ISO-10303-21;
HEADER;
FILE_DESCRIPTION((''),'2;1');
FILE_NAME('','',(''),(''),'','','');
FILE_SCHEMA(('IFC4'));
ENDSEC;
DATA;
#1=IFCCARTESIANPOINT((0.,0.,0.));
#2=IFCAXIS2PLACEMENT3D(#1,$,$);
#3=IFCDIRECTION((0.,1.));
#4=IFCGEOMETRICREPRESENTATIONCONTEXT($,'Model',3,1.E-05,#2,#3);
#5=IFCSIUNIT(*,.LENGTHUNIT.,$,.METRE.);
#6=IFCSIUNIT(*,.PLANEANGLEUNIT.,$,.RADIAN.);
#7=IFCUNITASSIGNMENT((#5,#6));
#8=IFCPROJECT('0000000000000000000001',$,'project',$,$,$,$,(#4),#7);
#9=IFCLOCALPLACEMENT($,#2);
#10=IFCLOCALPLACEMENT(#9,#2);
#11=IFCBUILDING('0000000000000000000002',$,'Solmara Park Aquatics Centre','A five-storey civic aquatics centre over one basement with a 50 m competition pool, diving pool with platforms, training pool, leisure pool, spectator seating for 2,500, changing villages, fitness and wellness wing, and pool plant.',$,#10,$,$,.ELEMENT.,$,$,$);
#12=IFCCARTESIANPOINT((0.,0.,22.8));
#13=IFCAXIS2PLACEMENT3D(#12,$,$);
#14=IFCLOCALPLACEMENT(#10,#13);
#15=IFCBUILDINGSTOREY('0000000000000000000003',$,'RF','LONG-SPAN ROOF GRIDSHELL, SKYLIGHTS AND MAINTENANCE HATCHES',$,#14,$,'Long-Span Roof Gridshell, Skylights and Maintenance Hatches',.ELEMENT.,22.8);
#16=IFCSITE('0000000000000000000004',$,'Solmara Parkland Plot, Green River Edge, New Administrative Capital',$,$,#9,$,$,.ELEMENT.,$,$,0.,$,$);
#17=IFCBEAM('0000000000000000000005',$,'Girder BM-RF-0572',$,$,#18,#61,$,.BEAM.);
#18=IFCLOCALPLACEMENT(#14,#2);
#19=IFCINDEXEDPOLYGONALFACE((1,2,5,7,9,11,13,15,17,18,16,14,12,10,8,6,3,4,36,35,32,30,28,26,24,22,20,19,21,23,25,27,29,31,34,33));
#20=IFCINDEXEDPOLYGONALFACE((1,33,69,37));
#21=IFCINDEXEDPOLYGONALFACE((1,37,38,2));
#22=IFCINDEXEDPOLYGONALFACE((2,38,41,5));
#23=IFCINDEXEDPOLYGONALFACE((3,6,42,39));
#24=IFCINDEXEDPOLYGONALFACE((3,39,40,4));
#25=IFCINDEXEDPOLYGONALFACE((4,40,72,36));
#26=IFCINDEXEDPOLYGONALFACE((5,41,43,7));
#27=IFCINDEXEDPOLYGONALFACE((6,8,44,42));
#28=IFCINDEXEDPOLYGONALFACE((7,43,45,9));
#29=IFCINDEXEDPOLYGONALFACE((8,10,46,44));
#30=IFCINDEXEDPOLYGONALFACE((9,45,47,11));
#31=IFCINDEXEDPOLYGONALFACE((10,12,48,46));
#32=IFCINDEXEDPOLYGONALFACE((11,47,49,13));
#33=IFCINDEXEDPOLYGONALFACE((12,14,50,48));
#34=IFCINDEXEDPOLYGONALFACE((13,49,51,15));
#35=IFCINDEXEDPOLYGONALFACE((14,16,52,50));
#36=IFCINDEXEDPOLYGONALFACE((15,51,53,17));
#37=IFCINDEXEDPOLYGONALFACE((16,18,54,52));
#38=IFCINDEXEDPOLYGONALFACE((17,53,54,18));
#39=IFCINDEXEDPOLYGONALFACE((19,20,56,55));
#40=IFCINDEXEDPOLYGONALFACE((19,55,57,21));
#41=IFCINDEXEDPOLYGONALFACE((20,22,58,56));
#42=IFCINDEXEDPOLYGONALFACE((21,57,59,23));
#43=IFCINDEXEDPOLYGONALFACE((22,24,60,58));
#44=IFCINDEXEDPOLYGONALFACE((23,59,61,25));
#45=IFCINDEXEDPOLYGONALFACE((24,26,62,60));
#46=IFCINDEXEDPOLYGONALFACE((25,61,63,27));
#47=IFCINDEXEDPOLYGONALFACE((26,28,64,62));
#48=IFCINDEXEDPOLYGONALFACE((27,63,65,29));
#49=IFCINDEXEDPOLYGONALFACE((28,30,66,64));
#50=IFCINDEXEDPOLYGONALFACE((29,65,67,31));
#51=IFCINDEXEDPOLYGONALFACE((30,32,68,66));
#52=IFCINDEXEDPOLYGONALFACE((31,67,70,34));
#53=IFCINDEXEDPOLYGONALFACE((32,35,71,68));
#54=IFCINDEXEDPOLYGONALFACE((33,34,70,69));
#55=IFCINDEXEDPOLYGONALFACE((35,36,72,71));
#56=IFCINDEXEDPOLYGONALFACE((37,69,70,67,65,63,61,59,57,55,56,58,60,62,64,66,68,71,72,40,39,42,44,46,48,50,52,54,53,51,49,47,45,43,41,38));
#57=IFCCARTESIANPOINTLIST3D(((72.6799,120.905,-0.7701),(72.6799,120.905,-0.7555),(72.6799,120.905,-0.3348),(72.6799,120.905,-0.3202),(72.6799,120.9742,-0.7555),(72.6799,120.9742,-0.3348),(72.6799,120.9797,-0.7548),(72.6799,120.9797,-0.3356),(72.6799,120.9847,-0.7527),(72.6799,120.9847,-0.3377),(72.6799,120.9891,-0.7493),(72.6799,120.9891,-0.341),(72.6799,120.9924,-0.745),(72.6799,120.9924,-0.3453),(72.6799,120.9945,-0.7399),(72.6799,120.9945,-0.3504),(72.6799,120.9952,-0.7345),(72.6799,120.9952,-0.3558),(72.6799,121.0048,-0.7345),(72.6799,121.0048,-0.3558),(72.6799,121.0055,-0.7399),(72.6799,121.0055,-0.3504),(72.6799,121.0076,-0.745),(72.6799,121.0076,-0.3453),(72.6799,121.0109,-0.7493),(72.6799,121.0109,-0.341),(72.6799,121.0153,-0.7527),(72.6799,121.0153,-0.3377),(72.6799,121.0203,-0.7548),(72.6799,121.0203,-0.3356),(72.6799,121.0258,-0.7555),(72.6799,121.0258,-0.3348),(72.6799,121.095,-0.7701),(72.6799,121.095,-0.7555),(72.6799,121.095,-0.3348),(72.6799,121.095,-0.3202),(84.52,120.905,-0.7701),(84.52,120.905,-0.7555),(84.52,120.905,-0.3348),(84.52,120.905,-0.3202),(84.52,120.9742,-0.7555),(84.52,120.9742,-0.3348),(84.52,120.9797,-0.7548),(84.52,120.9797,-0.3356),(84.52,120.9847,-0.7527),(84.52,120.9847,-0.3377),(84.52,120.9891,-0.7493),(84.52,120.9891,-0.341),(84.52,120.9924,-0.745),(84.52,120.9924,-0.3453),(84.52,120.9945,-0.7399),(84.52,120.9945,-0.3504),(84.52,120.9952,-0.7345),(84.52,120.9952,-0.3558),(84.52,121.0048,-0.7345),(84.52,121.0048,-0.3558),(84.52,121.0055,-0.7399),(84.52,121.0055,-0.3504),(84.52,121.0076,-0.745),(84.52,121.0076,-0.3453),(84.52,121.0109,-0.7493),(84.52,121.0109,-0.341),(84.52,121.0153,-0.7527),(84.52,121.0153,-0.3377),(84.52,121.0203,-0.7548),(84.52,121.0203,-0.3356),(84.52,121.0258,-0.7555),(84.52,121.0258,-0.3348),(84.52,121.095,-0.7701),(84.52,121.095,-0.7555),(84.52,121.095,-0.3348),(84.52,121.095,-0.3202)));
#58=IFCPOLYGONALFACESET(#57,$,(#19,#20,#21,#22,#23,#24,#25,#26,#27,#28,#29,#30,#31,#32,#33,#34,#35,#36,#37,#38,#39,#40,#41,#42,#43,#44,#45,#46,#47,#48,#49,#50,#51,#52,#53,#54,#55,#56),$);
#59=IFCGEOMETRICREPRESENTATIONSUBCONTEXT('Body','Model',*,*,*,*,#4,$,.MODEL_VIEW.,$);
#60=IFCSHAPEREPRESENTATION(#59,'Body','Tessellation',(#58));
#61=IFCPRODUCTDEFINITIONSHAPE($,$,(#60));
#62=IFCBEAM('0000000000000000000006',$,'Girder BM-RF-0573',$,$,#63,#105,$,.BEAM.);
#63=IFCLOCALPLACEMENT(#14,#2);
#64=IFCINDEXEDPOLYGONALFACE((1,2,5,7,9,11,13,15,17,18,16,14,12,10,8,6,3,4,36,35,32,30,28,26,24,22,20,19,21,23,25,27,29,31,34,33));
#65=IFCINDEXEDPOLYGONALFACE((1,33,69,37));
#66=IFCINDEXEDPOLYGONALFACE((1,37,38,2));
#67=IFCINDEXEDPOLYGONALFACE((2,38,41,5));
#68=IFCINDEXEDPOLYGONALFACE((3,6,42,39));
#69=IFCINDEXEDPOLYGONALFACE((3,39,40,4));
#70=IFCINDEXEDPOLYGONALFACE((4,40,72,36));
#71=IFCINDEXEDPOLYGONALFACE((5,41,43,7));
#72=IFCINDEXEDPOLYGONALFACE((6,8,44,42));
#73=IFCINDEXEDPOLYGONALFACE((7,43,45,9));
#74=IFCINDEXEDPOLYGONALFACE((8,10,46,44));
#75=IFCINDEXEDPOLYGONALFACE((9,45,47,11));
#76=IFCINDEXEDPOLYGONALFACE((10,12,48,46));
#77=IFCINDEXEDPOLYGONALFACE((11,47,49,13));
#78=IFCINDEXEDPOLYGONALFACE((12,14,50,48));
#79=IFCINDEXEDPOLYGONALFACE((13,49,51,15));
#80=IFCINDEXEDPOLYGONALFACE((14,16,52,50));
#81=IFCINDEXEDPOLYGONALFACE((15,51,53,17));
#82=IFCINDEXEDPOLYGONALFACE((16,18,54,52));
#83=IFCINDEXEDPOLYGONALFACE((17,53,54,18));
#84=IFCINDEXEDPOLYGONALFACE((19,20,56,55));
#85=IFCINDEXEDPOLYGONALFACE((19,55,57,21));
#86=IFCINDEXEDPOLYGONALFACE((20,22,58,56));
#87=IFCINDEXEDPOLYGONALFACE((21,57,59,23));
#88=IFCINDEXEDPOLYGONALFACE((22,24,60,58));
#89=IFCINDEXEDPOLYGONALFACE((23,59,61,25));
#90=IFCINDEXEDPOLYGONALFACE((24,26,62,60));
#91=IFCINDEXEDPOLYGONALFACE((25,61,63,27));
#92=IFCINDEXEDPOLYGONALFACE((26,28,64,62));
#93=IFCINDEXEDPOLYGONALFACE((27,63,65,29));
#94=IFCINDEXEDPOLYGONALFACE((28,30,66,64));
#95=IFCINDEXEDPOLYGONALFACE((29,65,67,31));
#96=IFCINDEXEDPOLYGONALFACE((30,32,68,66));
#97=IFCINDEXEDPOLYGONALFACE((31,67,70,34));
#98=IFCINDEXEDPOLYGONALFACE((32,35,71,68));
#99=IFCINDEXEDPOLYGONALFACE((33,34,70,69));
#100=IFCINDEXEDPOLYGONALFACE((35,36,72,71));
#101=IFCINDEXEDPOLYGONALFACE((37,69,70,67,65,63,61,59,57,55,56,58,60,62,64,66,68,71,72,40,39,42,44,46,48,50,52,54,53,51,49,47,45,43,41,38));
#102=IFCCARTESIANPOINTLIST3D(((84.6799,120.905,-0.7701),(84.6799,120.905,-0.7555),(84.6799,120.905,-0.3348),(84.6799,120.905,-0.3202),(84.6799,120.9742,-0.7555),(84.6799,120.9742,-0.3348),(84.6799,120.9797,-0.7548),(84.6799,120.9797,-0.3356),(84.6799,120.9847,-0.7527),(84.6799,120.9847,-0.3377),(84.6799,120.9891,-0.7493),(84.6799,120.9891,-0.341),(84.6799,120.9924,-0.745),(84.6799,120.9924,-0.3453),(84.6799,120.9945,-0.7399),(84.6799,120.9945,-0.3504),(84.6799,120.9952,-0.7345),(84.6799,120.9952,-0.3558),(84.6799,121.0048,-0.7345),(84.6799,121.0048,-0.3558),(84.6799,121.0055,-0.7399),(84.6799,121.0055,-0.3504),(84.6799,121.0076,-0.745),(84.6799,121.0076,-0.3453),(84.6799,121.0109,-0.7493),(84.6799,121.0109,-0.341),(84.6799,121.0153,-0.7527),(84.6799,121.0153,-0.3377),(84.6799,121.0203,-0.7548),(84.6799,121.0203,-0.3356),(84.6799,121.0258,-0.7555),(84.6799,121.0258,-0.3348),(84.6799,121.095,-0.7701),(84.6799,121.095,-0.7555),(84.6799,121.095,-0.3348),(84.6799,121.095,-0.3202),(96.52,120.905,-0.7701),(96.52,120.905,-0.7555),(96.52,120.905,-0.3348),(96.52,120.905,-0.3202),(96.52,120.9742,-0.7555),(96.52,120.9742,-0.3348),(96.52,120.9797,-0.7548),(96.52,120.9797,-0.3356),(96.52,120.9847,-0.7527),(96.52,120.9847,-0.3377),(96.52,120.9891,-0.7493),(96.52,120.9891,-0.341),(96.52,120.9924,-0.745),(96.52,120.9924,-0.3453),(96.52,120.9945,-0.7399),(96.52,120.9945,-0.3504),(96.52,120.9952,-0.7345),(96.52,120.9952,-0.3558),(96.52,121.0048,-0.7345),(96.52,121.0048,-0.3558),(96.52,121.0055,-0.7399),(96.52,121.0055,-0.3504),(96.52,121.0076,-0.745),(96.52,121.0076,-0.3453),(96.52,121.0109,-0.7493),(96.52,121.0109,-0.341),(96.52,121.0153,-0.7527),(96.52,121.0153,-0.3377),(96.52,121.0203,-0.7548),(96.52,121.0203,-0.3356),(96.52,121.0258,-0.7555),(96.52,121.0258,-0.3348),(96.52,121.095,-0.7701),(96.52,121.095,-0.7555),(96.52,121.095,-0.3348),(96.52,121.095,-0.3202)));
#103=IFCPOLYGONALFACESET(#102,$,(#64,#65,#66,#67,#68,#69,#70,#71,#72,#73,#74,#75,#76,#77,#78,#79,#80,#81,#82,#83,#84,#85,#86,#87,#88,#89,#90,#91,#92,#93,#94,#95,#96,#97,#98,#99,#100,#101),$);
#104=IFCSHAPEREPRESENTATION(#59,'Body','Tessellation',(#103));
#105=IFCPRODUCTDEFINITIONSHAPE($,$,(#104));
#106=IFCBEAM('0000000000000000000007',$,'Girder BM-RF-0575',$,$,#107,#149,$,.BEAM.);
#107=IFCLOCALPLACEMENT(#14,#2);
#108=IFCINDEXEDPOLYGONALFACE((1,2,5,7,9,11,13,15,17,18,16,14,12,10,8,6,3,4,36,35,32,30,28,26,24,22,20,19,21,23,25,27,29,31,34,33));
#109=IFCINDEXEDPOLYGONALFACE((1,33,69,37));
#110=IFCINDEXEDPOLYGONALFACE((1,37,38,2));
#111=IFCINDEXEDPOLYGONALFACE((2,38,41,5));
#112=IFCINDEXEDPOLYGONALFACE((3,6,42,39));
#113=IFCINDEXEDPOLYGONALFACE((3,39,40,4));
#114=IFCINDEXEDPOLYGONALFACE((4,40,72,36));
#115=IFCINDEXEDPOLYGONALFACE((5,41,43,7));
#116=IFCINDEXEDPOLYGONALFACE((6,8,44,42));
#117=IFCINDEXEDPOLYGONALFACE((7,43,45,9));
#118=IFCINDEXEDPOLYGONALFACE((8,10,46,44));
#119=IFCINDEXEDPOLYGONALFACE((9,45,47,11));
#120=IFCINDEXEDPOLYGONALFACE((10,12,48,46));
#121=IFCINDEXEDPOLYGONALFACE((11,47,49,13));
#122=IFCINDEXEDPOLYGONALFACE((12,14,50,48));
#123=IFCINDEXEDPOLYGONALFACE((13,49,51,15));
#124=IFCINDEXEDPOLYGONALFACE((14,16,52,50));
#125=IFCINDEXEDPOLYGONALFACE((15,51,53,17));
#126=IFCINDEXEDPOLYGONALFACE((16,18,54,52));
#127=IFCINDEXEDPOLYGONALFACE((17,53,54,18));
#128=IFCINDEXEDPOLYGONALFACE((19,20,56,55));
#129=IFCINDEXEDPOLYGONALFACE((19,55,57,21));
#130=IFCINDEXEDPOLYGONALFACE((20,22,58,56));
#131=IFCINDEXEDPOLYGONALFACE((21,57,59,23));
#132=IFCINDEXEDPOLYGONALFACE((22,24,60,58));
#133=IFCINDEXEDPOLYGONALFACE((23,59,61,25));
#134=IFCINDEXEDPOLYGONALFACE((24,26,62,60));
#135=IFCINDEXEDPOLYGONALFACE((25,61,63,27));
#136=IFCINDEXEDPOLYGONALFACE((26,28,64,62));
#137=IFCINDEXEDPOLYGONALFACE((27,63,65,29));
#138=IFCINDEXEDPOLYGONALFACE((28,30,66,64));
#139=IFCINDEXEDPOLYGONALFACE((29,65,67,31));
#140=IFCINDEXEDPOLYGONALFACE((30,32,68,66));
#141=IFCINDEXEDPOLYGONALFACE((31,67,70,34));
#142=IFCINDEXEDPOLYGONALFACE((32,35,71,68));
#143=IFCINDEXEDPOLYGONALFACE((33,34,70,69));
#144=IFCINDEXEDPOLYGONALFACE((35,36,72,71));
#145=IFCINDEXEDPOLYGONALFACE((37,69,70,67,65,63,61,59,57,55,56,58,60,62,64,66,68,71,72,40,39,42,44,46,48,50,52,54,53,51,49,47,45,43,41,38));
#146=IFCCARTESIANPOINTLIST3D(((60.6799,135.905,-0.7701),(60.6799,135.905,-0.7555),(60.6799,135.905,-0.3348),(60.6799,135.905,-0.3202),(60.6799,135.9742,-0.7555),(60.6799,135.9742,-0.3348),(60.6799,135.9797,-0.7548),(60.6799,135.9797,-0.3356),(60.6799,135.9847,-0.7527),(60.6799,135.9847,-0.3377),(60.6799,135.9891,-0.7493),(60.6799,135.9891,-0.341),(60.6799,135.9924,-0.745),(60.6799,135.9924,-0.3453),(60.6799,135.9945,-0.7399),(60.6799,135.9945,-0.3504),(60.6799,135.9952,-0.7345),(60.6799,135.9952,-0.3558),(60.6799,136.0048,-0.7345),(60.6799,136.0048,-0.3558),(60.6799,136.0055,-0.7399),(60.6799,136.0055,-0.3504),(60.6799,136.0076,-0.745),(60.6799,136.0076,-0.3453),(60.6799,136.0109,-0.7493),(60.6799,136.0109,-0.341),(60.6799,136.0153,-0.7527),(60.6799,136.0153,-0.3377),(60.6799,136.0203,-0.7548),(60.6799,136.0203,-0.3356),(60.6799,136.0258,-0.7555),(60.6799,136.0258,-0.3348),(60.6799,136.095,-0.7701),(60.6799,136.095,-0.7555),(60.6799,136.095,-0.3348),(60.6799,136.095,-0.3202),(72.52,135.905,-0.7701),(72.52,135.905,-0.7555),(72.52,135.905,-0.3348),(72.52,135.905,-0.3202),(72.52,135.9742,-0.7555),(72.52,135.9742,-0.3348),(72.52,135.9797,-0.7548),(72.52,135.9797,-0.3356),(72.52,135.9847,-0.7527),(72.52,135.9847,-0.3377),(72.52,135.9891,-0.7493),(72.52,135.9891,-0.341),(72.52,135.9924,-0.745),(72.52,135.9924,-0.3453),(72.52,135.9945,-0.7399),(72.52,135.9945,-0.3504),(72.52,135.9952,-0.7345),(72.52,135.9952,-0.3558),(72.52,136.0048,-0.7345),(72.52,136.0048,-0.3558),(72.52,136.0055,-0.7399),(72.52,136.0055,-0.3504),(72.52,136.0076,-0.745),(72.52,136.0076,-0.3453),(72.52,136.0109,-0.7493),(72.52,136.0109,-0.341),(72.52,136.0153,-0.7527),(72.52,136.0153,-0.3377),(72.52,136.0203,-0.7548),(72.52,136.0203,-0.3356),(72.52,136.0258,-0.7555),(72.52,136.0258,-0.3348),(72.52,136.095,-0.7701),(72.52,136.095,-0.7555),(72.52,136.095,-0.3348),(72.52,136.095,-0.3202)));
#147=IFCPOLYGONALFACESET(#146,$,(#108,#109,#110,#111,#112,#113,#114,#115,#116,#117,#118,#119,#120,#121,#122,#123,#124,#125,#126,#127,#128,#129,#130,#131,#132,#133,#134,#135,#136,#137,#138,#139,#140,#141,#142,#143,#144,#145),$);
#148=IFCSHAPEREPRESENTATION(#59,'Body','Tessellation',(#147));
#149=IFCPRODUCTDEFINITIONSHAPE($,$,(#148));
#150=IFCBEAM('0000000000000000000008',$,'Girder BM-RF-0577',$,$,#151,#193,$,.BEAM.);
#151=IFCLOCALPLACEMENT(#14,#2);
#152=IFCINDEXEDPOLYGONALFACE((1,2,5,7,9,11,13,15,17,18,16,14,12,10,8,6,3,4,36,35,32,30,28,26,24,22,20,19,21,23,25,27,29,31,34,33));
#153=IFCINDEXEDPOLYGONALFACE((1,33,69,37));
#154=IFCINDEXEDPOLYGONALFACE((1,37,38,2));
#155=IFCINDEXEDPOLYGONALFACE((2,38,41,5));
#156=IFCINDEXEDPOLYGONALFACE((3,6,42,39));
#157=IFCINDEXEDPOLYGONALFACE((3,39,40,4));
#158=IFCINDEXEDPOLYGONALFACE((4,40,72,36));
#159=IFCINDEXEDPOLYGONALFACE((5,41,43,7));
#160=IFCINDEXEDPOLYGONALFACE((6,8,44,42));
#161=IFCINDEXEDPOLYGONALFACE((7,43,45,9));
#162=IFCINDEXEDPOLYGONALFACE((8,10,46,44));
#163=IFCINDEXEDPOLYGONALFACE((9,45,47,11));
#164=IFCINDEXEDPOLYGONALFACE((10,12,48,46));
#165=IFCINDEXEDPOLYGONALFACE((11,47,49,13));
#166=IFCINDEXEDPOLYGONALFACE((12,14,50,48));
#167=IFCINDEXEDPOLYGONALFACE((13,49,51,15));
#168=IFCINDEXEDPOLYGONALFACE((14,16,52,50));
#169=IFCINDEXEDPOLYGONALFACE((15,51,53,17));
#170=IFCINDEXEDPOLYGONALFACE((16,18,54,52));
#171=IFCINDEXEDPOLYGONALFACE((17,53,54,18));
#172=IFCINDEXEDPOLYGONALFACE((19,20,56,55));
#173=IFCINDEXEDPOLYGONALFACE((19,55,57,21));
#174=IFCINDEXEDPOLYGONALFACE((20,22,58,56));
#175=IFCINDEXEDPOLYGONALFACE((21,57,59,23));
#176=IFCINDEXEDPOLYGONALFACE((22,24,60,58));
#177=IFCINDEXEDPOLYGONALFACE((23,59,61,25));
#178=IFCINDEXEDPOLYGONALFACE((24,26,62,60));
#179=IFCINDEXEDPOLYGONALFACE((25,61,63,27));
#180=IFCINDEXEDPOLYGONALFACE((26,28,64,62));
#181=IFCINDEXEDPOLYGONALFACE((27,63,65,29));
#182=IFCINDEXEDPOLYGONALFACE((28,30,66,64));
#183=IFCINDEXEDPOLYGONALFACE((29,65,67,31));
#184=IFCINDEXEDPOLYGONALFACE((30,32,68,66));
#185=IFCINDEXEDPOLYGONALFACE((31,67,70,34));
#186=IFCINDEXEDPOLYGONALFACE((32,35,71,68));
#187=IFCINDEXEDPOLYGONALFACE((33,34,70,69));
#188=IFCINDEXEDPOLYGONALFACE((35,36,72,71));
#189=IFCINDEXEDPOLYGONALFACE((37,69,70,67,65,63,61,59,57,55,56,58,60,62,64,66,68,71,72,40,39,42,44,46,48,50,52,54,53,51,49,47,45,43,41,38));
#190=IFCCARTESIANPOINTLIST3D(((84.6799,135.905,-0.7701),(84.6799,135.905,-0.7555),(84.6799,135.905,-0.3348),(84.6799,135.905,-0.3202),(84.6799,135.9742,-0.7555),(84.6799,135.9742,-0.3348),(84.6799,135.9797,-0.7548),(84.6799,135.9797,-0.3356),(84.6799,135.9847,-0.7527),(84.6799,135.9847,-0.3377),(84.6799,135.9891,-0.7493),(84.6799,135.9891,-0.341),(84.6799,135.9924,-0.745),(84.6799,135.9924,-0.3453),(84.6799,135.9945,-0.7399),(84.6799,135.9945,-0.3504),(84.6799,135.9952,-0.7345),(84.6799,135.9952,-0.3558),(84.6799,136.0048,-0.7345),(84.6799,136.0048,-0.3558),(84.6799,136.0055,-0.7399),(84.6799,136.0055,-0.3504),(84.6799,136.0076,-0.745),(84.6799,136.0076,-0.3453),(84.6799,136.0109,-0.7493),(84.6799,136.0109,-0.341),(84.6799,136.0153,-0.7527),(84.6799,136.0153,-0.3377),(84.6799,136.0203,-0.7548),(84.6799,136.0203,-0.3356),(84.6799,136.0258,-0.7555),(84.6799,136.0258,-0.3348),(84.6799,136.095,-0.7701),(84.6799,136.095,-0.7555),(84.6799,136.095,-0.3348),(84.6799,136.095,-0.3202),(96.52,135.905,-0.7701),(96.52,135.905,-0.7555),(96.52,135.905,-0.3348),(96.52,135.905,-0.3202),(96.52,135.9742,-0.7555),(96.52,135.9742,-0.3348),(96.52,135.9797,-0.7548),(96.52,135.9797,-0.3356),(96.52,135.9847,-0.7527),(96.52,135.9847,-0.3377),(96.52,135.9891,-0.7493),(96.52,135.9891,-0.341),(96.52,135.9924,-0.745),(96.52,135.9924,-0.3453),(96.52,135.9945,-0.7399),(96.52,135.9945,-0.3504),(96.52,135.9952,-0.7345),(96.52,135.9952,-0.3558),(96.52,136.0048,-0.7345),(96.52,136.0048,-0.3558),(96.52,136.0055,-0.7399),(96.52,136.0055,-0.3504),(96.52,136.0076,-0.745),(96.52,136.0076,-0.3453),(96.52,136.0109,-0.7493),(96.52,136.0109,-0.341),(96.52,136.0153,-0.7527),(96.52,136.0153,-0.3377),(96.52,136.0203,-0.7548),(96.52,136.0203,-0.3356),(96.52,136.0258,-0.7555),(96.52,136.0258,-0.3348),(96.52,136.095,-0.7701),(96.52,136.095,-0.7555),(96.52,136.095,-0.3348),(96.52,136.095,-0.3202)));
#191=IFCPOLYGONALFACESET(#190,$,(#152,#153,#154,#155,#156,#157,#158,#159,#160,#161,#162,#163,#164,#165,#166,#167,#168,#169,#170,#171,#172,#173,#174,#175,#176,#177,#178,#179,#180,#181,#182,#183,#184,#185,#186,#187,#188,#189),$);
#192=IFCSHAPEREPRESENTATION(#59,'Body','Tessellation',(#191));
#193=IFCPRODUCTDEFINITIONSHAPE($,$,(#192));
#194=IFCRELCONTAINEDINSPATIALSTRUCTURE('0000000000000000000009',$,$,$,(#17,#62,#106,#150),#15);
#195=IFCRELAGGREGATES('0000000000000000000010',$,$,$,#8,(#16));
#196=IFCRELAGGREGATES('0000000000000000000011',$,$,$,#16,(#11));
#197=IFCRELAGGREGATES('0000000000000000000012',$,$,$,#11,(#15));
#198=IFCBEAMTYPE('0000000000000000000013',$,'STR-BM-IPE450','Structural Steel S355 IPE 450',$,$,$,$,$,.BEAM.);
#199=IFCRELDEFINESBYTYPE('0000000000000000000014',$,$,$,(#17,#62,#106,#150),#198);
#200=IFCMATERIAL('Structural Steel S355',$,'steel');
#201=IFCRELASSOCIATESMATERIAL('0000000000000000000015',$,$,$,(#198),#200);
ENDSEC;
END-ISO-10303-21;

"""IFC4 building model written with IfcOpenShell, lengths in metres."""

from ifc_helpers import new_model, si_unit, direction, frame, origin, origin_2d, place, context, subcontext, project, spatial, i_section, extrude, material, material_profile, profile_set, type_object, element, save


model = new_model("IFC4")

# Units and contexts
model_context = context("Model", 3, precision=1e-05, world=origin(), true_north=direction((0.0, 1.0)))
body_context = subcontext(model_context, "Body", "Model", "MODEL_VIEW")
ifc_project = project(units=[si_unit("LENGTHUNIT", "METRE"), si_unit("PLANEANGLEUNIT", "RADIAN")], contexts=[model_context])

# Site, building, storey
site_placement = place(None, origin())
site = spatial("IfcSite", under=ifc_project, at=site_placement, Name="Solmara Parkland Plot, Green River Edge, New Administrative Capital", CompositionType="ELEMENT", RefElevation=0.0)
building_placement = place(site_placement, origin())
building = spatial("IfcBuilding", under=site, at=building_placement, Name="Solmara Park Aquatics Centre", Description="A five-storey civic aquatics centre over one basement with a 50 m competition pool, diving pool with platforms, training pool, leisure pool, spectator seating for 2,500, changing villages, fitness and wellness wing, and pool plant.", CompositionType="ELEMENT")
storey_placement = place(building_placement, frame((0.0, 0.0, 22.8)))
storey = spatial("IfcBuildingStorey", under=building, at=storey_placement, Name="RF", Description="LONG-SPAN ROOF GRIDSHELL, SKYLIGHTS AND MAINTENANCE HATCHES", LongName="Long-Span Roof Gridshell, Skylights and Maintenance Hatches", CompositionType="ELEMENT", Elevation=22.8)

# Beams
ifc_material_1 = material(Name="Structural Steel S355", Category="steel")
ifc_material_profile_1 = material_profile(ifc_material_1, i_section(OverallWidth=0.1899, OverallDepth=0.45, WebThickness=0.0095, FlangeThickness=0.0146, FilletRadius=0.021, at=origin_2d()), Name="IPE 450")
ifc_profile_set_1 = profile_set([ifc_material_profile_1], Name="Structural Steel S355")
beam_type_1 = type_object("IfcBeamType", Name="STR-BM-IPE450", Description="Structural Steel S355 IPE 450", PredefinedType="BEAM", material=ifc_profile_set_1)
for number, where, z_axis, x_axis, name in (
    (1, (72.6799, 121.0, -0.5452), (1.0, 0.0, 0.0), (0.0, 1.0, 0.0), "Girder BM-RF-0572"),
    (2, (84.6799, 121.0, -0.5452), (1.0, 0.0, 0.0), (0.0, 1.0, 0.0), "Girder BM-RF-0573"),
    (3, (60.6799, 136.0, -0.5452), (1.0, 0.0, 0.0), (0.0, 1.0, 0.0), "Girder BM-RF-0575"),
    (4, (84.6799, 136.0, -0.5452), (1.0, 0.0, 0.0), (0.0, 1.0, 0.0), "Girder BM-RF-0577"),
):
    element("IfcBeam", number, at=place(storey_placement, frame(where, z_axis=z_axis, x_axis=x_axis)), inside=storey, type_object=beam_type_1, Name=name, PredefinedType="BEAM", context=body_context, shape_type="SweptSolid", body=[
        extrude(i_section(OverallWidth=0.1899, OverallDepth=0.45, WebThickness=0.0095, FlangeThickness=0.0146, FilletRadius=0.021, at=origin_2d()), origin(), (0.0, 0.0, 1.0), 11.8401),
    ])

save(model, "model.ifc")
